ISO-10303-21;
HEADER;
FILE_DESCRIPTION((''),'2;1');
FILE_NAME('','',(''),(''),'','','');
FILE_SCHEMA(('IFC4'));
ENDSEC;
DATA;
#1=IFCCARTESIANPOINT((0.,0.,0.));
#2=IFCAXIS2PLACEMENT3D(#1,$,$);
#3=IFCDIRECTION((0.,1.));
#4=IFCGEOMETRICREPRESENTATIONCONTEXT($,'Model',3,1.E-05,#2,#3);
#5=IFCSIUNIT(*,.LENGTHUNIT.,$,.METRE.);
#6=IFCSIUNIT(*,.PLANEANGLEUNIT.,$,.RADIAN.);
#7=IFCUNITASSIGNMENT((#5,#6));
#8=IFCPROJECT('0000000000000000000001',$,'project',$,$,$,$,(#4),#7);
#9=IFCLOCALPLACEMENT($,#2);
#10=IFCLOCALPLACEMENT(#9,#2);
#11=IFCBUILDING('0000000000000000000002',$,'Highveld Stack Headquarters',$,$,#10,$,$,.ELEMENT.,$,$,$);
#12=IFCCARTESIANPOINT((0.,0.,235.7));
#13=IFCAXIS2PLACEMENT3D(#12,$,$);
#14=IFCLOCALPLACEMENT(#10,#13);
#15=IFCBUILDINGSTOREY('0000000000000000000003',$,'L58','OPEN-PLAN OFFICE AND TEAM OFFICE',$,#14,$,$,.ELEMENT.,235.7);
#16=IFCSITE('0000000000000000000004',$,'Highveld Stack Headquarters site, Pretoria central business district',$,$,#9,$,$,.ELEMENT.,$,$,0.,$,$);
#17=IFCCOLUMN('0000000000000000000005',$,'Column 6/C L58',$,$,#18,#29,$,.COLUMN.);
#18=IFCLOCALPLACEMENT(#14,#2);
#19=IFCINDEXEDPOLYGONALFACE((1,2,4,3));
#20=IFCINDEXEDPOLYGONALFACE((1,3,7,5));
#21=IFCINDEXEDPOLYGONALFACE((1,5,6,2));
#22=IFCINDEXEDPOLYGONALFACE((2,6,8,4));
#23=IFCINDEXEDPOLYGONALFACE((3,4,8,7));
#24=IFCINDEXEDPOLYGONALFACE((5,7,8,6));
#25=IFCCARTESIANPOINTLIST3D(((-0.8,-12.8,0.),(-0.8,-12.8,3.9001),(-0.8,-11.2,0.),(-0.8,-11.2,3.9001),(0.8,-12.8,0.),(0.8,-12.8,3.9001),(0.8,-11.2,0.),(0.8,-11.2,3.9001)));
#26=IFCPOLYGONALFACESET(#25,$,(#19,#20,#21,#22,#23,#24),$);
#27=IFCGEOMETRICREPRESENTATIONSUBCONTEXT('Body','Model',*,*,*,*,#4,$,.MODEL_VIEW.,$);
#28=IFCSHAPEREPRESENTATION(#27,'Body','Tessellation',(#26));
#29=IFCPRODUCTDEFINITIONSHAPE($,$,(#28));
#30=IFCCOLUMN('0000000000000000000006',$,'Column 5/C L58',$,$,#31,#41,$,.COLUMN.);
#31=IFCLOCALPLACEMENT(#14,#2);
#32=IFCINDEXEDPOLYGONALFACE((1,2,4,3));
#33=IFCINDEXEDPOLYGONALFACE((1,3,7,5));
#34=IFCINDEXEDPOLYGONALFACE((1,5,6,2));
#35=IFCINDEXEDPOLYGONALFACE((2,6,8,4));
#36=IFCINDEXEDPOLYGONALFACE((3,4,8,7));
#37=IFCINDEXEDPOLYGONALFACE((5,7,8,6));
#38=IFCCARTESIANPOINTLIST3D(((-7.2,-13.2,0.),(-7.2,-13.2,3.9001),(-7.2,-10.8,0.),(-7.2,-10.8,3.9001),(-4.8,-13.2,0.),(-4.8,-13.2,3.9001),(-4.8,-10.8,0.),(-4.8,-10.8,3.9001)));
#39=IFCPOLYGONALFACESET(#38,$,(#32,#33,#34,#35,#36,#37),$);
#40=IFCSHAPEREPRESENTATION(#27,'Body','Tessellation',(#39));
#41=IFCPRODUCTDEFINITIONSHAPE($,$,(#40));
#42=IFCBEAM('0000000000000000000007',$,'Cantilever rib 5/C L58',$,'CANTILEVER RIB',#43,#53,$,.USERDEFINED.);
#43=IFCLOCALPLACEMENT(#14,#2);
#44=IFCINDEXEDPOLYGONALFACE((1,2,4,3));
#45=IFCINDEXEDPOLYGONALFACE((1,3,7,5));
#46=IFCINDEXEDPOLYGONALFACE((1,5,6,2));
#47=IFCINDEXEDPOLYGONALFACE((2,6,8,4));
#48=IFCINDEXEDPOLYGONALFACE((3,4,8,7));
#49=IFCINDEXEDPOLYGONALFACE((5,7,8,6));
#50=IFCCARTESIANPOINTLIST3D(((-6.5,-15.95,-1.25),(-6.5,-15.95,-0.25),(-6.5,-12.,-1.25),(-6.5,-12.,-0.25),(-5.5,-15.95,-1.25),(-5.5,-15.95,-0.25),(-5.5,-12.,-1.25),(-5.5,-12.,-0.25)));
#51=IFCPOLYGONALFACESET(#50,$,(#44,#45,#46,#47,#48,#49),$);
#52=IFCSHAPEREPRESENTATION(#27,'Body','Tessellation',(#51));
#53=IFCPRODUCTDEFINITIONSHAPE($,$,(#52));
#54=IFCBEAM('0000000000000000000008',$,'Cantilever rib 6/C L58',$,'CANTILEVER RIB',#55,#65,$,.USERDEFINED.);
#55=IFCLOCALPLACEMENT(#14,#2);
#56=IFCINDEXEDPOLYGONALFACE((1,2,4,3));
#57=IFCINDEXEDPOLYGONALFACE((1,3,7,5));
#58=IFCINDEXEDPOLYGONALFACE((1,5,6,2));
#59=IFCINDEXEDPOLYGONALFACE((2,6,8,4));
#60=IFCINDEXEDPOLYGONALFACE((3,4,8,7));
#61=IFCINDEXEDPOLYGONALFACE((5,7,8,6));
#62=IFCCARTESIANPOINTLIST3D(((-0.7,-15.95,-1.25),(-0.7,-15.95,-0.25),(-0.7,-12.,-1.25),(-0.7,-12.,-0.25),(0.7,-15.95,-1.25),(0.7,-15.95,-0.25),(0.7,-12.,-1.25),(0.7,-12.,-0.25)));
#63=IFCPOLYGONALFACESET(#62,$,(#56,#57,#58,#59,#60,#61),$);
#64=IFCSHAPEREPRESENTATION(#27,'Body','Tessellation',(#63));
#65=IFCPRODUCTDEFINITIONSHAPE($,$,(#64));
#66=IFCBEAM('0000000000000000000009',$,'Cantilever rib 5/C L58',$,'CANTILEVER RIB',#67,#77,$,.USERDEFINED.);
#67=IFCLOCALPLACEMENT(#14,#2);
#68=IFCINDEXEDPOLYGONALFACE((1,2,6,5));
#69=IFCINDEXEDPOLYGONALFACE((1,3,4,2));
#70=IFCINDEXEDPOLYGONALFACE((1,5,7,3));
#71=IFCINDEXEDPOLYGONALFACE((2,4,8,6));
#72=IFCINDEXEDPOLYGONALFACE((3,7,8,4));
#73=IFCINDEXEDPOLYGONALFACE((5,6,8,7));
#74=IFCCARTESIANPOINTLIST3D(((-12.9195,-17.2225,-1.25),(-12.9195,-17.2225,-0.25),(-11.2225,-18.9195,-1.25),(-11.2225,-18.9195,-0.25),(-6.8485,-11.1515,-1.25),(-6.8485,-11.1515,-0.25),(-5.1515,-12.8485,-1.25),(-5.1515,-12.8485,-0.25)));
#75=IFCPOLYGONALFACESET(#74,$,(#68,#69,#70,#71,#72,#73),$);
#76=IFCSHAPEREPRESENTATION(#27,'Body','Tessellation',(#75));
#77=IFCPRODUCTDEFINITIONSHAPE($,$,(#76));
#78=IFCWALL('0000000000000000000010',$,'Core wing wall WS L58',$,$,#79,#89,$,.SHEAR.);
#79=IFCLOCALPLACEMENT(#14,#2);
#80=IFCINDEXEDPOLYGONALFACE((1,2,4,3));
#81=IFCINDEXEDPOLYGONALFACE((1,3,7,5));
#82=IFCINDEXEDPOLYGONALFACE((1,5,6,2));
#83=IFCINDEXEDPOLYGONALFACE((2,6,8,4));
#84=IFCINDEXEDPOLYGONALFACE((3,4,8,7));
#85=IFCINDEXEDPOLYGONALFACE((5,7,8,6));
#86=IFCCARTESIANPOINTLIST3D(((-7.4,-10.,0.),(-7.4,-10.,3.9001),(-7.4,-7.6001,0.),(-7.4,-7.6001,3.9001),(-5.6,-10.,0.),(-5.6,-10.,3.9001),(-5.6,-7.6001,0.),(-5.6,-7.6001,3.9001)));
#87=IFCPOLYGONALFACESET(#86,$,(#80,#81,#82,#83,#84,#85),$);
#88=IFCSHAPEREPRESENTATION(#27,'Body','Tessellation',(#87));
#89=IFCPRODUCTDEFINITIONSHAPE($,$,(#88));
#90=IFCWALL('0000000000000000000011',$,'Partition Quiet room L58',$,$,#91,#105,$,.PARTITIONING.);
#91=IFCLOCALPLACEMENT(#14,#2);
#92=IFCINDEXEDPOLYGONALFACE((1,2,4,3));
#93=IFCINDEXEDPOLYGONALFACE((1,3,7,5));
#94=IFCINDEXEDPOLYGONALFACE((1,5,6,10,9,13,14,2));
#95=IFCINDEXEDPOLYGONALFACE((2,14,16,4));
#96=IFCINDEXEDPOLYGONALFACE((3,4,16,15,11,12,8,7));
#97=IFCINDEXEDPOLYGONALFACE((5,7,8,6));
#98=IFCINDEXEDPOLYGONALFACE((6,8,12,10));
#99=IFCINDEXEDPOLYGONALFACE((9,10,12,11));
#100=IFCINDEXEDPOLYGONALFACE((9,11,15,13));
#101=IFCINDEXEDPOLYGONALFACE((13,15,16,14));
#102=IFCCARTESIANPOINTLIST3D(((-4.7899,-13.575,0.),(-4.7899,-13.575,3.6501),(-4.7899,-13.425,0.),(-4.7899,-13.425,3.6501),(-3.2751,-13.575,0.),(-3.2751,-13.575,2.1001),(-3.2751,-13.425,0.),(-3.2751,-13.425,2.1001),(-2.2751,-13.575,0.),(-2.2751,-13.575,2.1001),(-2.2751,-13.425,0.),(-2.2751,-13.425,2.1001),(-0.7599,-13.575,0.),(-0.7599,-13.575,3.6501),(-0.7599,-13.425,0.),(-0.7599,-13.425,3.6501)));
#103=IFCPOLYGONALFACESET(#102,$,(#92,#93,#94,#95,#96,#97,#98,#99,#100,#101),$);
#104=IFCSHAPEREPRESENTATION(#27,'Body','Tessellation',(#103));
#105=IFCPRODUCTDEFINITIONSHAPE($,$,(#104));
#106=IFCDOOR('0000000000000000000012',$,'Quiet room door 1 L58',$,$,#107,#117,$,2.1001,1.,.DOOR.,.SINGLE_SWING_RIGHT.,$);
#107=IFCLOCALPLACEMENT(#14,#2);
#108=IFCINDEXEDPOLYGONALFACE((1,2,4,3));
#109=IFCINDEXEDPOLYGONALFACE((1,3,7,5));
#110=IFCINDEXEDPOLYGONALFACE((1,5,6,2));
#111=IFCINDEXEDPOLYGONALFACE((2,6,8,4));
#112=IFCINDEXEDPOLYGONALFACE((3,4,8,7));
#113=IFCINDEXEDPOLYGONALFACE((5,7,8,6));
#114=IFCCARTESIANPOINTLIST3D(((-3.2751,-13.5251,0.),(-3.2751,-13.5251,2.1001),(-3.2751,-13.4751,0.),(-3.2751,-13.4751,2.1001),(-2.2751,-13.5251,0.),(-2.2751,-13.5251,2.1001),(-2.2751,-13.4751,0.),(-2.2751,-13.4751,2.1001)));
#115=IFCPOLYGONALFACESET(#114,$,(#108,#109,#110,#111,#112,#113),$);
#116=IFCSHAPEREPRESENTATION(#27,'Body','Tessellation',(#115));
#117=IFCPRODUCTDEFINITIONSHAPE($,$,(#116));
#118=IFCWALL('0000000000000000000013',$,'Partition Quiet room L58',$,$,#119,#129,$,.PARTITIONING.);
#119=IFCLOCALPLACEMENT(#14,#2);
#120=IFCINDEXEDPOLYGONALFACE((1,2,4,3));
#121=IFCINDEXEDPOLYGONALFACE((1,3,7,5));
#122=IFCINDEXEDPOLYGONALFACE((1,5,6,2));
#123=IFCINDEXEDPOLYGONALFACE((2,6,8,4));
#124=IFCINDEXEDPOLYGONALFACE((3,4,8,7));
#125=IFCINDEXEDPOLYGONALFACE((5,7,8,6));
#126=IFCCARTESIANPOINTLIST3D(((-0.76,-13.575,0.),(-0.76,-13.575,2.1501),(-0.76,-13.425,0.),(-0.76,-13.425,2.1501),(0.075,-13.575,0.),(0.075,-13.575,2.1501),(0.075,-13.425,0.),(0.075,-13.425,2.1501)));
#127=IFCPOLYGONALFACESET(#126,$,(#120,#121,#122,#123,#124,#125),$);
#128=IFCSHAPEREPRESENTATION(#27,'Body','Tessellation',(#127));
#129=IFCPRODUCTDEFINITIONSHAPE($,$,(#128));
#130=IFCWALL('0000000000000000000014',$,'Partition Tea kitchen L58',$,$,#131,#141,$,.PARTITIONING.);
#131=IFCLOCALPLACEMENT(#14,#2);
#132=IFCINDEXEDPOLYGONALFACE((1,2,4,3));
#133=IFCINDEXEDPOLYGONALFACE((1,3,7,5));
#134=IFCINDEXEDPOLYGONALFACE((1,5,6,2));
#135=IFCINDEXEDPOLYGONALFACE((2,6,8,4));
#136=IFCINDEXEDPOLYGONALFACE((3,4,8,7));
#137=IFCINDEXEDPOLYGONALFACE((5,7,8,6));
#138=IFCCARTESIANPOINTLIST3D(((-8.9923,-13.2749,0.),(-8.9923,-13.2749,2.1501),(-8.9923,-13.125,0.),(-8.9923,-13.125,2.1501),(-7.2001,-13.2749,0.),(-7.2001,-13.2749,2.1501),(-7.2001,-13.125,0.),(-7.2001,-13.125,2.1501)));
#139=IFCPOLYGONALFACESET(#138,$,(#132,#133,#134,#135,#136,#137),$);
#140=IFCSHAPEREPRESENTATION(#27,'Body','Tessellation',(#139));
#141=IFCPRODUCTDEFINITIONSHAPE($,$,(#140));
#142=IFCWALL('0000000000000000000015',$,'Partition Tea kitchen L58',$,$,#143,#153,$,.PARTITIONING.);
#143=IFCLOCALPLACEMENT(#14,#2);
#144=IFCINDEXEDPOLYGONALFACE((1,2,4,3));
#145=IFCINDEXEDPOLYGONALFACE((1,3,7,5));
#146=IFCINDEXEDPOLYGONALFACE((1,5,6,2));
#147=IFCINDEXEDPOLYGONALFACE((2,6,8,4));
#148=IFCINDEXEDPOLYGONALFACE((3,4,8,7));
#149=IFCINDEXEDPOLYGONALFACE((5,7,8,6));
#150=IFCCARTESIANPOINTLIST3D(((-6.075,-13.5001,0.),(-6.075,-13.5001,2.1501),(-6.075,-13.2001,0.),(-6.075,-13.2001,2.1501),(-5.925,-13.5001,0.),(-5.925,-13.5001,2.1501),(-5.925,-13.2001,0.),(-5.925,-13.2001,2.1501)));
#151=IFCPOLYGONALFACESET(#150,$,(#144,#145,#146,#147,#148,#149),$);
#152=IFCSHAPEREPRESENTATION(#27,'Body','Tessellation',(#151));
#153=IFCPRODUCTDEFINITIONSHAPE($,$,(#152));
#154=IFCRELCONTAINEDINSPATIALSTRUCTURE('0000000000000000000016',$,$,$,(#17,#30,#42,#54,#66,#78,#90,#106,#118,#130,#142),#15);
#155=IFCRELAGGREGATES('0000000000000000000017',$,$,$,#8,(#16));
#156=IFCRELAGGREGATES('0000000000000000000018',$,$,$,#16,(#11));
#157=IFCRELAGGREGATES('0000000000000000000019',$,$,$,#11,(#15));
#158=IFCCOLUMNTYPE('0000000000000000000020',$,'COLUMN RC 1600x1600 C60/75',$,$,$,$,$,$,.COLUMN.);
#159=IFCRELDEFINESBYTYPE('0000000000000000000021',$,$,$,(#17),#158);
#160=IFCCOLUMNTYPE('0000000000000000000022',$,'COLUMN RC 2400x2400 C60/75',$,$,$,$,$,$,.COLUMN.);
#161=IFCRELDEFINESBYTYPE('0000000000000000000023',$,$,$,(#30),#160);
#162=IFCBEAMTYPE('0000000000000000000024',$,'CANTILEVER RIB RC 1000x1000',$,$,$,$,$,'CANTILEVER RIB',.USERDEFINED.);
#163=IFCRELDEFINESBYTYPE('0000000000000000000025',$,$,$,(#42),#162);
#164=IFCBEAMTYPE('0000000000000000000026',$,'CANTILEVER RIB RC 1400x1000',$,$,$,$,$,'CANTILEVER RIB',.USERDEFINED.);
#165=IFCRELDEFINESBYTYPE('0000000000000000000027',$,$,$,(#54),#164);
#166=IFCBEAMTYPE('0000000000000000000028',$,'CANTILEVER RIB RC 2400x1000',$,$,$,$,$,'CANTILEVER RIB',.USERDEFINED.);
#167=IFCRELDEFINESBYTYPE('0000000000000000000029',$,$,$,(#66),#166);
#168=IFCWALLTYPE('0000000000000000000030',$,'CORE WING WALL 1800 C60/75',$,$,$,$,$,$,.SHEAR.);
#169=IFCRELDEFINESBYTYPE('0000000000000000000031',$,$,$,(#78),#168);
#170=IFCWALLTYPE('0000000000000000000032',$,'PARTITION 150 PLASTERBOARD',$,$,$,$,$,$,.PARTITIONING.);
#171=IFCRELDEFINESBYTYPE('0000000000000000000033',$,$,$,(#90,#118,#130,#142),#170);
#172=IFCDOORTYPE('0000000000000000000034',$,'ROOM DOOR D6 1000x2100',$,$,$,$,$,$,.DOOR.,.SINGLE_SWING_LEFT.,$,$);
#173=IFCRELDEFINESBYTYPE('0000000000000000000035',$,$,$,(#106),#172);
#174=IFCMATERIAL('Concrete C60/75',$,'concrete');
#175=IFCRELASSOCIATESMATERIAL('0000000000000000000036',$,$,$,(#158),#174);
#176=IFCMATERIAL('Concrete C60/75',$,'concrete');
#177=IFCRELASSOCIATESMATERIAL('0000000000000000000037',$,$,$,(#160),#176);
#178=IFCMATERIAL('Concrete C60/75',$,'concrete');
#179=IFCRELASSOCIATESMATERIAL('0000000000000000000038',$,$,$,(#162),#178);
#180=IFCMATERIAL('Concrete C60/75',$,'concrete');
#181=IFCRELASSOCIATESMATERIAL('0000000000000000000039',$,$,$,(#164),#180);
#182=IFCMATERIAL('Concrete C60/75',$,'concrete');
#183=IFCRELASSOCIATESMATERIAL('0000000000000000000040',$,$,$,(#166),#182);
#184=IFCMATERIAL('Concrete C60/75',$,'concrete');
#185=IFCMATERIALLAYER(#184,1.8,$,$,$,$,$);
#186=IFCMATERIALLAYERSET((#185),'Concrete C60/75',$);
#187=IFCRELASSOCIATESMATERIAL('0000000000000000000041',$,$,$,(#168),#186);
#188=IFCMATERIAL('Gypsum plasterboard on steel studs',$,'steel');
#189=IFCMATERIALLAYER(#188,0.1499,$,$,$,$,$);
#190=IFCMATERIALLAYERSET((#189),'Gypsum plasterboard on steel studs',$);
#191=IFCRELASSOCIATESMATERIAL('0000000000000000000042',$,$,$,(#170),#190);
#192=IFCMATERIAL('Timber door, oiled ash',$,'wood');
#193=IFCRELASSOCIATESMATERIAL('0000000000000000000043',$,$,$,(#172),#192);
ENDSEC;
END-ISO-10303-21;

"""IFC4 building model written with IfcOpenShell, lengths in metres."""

from ifc_helpers import new_model, si_unit, direction, frame, frame_2d, origin, origin_2d, place, context, subcontext, project, spatial, rectangle, extrude, material, layer, layer_set, material_profile, profile_set, type_object, element, fill, save


model = new_model("IFC4")

# Units and contexts
model_context = context("Model", 3, precision=1e-05, world=origin(), true_north=direction((0.0, 1.0)))
body_context = subcontext(model_context, "Body", "Model", "MODEL_VIEW")
ifc_project = project(units=[si_unit("LENGTHUNIT", "METRE"), si_unit("PLANEANGLEUNIT", "RADIAN")], contexts=[model_context])

# Site, building, storey
site_placement = place(None, origin())
site = spatial("IfcSite", under=ifc_project, at=site_placement, Name="Highveld Stack Headquarters site, Pretoria central business district", CompositionType="ELEMENT", RefElevation=0.0)
building_placement = place(site_placement, origin())
building = spatial("IfcBuilding", under=site, at=building_placement, Name="Highveld Stack Headquarters", CompositionType="ELEMENT")
storey_placement = place(building_placement, frame((0.0, 0.0, 235.7)))
storey = spatial("IfcBuildingStorey", under=building, at=storey_placement, Name="L58", Description="OPEN-PLAN OFFICE AND TEAM OFFICE", CompositionType="ELEMENT", Elevation=235.7)

# Columns
ifc_material_1 = material(Name="Concrete C60/75", Category="concrete")
ifc_material_profile_1 = material_profile(ifc_material_1, rectangle(XDim=1.6001, YDim=1.6001, at=origin_2d()), Name="RC 1600x1600")
ifc_profile_set_1 = profile_set([ifc_material_profile_1], Name="Concrete C60/75")
column_type_1 = type_object("IfcColumnType", Name="COLUMN RC 1600x1600 C60/75", PredefinedType="COLUMN", material=ifc_profile_set_1)
column_1_placement = place(storey_placement, frame((0.0, -12.0, 0.0), z_axis=(0.0, 0.0, 1.0), x_axis=(1.0, 0.0, 0.0)))
element("IfcColumn", 1, at=column_1_placement, inside=storey, type_object=column_type_1, Name="Column 6/C L58", PredefinedType="COLUMN", context=body_context, shape_type="SweptSolid", body=[
    extrude(rectangle(XDim=1.6001, YDim=1.6001, at=origin_2d()), origin(), (0.0, 0.0, 1.0), 3.9001),
])
ifc_material_2 = material(Name="Concrete C60/75", Category="concrete")
ifc_material_profile_2 = material_profile(ifc_material_2, rectangle(XDim=2.3999, YDim=2.3999, at=origin_2d()), Name="RC 2400x2400")
ifc_profile_set_2 = profile_set([ifc_material_profile_2], Name="Concrete C60/75")
column_type_2 = type_object("IfcColumnType", Name="COLUMN RC 2400x2400 C60/75", PredefinedType="COLUMN", material=ifc_profile_set_2)
column_2_placement = place(storey_placement, frame((-6.0, -12.0, 0.0), z_axis=(0.0, 0.0, 1.0), x_axis=(1.0, 0.0, 0.0)))
element("IfcColumn", 2, at=column_2_placement, inside=storey, type_object=column_type_2, Name="Column 5/C L58", PredefinedType="COLUMN", context=body_context, shape_type="SweptSolid", body=[
    extrude(rectangle(XDim=2.3999, YDim=2.3999, at=origin_2d()), origin(), (0.0, 0.0, 1.0), 3.9001),
])

# Beams
ifc_material_3 = material(Name="Concrete C60/75", Category="concrete")
ifc_material_profile_3 = material_profile(ifc_material_3, rectangle(XDim=1.0, YDim=1.0, at=origin_2d()), Name="RC 1000x1000")
ifc_profile_set_3 = profile_set([ifc_material_profile_3], Name="Concrete C60/75")
beam_type_1 = type_object("IfcBeamType", Name="CANTILEVER RIB RC 1000x1000", ElementType="CANTILEVER RIB", PredefinedType="USERDEFINED", material=ifc_profile_set_3)
beam_1_placement = place(storey_placement, frame((-6.0, -12.0, -0.75), z_axis=(0.0, -1.0, 0.0), x_axis=(1.0, 0.0, 0.0)))
element("IfcBeam", 3, at=beam_1_placement, inside=storey, type_object=beam_type_1, Name="Cantilever rib 5/C L58", ObjectType="CANTILEVER RIB", PredefinedType="USERDEFINED", context=body_context, shape_type="SweptSolid", body=[
    extrude(rectangle(XDim=1.0, YDim=1.0, at=origin_2d()), origin(), (0.0, 0.0, 1.0), 3.95),
])
ifc_material_4 = material(Name="Concrete C60/75", Category="concrete")
ifc_material_profile_4 = material_profile(ifc_material_4, rectangle(XDim=1.3999, YDim=1.0, at=origin_2d()), Name="RC 1400x1000")
ifc_profile_set_4 = profile_set([ifc_material_profile_4], Name="Concrete C60/75")
beam_type_2 = type_object("IfcBeamType", Name="CANTILEVER RIB RC 1400x1000", ElementType="CANTILEVER RIB", PredefinedType="USERDEFINED", material=ifc_profile_set_4)
beam_2_placement = place(storey_placement, frame((0.0, -12.0, -0.75), z_axis=(0.0, -1.0, 0.0), x_axis=(1.0, 0.0, 0.0)))
element("IfcBeam", 4, at=beam_2_placement, inside=storey, type_object=beam_type_2, Name="Cantilever rib 6/C L58", ObjectType="CANTILEVER RIB", PredefinedType="USERDEFINED", context=body_context, shape_type="SweptSolid", body=[
    extrude(rectangle(XDim=1.3999, YDim=1.0, at=origin_2d()), origin(), (0.0, 0.0, 1.0), 3.95),
])
ifc_material_5 = material(Name="Concrete C60/75", Category="concrete")
ifc_material_profile_5 = material_profile(ifc_material_5, rectangle(XDim=2.3999, YDim=1.0, at=origin_2d()), Name="RC 2400x1000")
ifc_profile_set_5 = profile_set([ifc_material_profile_5], Name="Concrete C60/75")
beam_type_3 = type_object("IfcBeamType", Name="CANTILEVER RIB RC 2400x1000", ElementType="CANTILEVER RIB", PredefinedType="USERDEFINED", material=ifc_profile_set_5)
beam_3_placement = place(storey_placement, frame((-6.0, -12.0, -0.75), z_axis=(-0.707107, -0.707107, 0.0), x_axis=(0.707107, -0.707107, 0.0)))
element("IfcBeam", 5, at=beam_3_placement, inside=storey, type_object=beam_type_3, Name="Cantilever rib 5/C L58", ObjectType="CANTILEVER RIB", PredefinedType="USERDEFINED", context=body_context, shape_type="SweptSolid", body=[
    extrude(rectangle(XDim=2.3999, YDim=1.0, at=origin_2d()), origin(), (0.0, 0.0, 1.0), 8.5857),
])

# Wall
ifc_material_6 = material(Name="Concrete C60/75", Category="concrete")
ifc_layer_1 = layer(ifc_material_6, 1.8)
ifc_layer_set_1 = layer_set([ifc_layer_1], Name="Concrete C60/75")
wall_type_1 = type_object("IfcWallType", Name="CORE WING WALL 1800 C60/75", PredefinedType="SHEAR", material=ifc_layer_set_1)
wall_1_placement = place(storey_placement, frame((-6.5, -10.0, 0.0), z_axis=(0.0, 0.0, 1.0), x_axis=(0.0, 1.0, 0.0)))
element("IfcWall", 6, at=wall_1_placement, inside=storey, type_object=wall_type_1, Name="Core wing wall WS L58", PredefinedType="SHEAR", context=body_context, shape_type="SweptSolid", body=[
    extrude(rectangle(XDim=2.3999, YDim=1.8, at=frame_2d((1.2, 0.0))), origin(), (0.0, 0.0, 1.0), 3.9001),
])

# Wall, opening, door
ifc_material_7 = material(Name="Gypsum plasterboard on steel studs", Category="steel")
ifc_layer_2 = layer(ifc_material_7, 0.1499)
ifc_layer_set_2 = layer_set([ifc_layer_2], Name="Gypsum plasterboard on steel studs")
wall_type_2 = type_object("IfcWallType", Name="PARTITION 150 PLASTERBOARD", PredefinedType="PARTITIONING", material=ifc_layer_set_2)
wall_2_placement = place(storey_placement, frame((-4.79, -13.5, 0.0), z_axis=(0.0, 0.0, 1.0), x_axis=(1.0, 0.0, 0.0)))
wall_2 = element("IfcWall", 7, at=wall_2_placement, inside=storey, type_object=wall_type_2, Name="Partition Quiet room L58", PredefinedType="PARTITIONING", context=body_context, shape_type="SweptSolid", body=[
    extrude(rectangle(XDim=4.03, YDim=0.1499, at=frame_2d((2.0151, 0.0))), origin(), (0.0, 0.0, 1.0), 3.6501),
])
opening_1_placement = place(wall_2_placement, frame((1.5149, 0.0, 0.0)))
opening_1 = element("IfcOpeningElement", 8, at=opening_1_placement, cuts=wall_2, PredefinedType="OPENING", context=body_context, shape_type="SweptSolid", body=[
    extrude(rectangle(XDim=1.0, YDim=2.1001, at=frame_2d((0.5, 1.05))), frame((0.0, 0.085, 0.0), z_axis=(0.0, -1.0, 0.0), x_axis=(1.0, 0.0, 0.0)), (0.0, 0.0, 1.0), 0.1699),
])
ifc_material_8 = material(Name="Timber door, oiled ash", Category="wood")
door_type = type_object("IfcDoorType", Name="ROOM DOOR D6 1000x2100", OperationType="SINGLE_SWING_LEFT", PredefinedType="DOOR", material=ifc_material_8)
door_1_placement = place(opening_1_placement, origin())
door_1 = element("IfcDoor", 9, at=door_1_placement, inside=storey, type_object=door_type, Name="Quiet room door 1 L58", OperationType="SINGLE_SWING_RIGHT", OverallHeight=2.1001, OverallWidth=1.0, PredefinedType="DOOR", context=body_context, shape_type="SweptSolid", body=[
    extrude(rectangle(XDim=1.0, YDim=2.1001, at=frame_2d((0.5, 1.05))), frame((0.0, 0.0249, 0.0), z_axis=(0.0, -1.0, 0.0), x_axis=(1.0, 0.0, 0.0)), (0.0, 0.0, 1.0), 0.05),
])
fill(opening_1, door_1)

# Walls
wall_3_placement = place(storey_placement, frame((-0.76, -13.5, 0.0), z_axis=(0.0, 0.0, 1.0), x_axis=(1.0, 0.0, 0.0)))
element("IfcWall", 10, at=wall_3_placement, inside=storey, type_object=wall_type_2, Name="Partition Quiet room L58", PredefinedType="PARTITIONING", context=body_context, shape_type="SweptSolid", body=[
    extrude(rectangle(XDim=0.835, YDim=0.1499, at=frame_2d((0.4175, 0.0))), origin(), (0.0, 0.0, 1.0), 2.1501),
])
wall_4_placement = place(storey_placement, frame((-8.9922, -13.2, 0.0), z_axis=(0.0, 0.0, 1.0), x_axis=(1.0, 0.0, 0.0)))
element("IfcWall", 11, at=wall_4_placement, inside=storey, type_object=wall_type_2, Name="Partition Tea kitchen L58", PredefinedType="PARTITIONING", context=body_context, shape_type="SweptSolid", body=[
    extrude(rectangle(XDim=1.7922, YDim=0.1499, at=frame_2d((0.896, 0.0))), origin(), (0.0, 0.0, 1.0), 2.1501),
])
wall_5_placement = place(storey_placement, frame((-6.0, -13.5, 0.0), z_axis=(0.0, 0.0, 1.0), x_axis=(0.0, 1.0, 0.0)))
element("IfcWall", 12, at=wall_5_placement, inside=storey, type_object=wall_type_2, Name="Partition Tea kitchen L58", PredefinedType="PARTITIONING", context=body_context, shape_type="SweptSolid", body=[
    extrude(rectangle(XDim=0.3, YDim=0.1499, at=frame_2d((0.1499, 0.0))), origin(), (0.0, 0.0, 1.0), 2.1501),
])

save(model, "model.ifc")
